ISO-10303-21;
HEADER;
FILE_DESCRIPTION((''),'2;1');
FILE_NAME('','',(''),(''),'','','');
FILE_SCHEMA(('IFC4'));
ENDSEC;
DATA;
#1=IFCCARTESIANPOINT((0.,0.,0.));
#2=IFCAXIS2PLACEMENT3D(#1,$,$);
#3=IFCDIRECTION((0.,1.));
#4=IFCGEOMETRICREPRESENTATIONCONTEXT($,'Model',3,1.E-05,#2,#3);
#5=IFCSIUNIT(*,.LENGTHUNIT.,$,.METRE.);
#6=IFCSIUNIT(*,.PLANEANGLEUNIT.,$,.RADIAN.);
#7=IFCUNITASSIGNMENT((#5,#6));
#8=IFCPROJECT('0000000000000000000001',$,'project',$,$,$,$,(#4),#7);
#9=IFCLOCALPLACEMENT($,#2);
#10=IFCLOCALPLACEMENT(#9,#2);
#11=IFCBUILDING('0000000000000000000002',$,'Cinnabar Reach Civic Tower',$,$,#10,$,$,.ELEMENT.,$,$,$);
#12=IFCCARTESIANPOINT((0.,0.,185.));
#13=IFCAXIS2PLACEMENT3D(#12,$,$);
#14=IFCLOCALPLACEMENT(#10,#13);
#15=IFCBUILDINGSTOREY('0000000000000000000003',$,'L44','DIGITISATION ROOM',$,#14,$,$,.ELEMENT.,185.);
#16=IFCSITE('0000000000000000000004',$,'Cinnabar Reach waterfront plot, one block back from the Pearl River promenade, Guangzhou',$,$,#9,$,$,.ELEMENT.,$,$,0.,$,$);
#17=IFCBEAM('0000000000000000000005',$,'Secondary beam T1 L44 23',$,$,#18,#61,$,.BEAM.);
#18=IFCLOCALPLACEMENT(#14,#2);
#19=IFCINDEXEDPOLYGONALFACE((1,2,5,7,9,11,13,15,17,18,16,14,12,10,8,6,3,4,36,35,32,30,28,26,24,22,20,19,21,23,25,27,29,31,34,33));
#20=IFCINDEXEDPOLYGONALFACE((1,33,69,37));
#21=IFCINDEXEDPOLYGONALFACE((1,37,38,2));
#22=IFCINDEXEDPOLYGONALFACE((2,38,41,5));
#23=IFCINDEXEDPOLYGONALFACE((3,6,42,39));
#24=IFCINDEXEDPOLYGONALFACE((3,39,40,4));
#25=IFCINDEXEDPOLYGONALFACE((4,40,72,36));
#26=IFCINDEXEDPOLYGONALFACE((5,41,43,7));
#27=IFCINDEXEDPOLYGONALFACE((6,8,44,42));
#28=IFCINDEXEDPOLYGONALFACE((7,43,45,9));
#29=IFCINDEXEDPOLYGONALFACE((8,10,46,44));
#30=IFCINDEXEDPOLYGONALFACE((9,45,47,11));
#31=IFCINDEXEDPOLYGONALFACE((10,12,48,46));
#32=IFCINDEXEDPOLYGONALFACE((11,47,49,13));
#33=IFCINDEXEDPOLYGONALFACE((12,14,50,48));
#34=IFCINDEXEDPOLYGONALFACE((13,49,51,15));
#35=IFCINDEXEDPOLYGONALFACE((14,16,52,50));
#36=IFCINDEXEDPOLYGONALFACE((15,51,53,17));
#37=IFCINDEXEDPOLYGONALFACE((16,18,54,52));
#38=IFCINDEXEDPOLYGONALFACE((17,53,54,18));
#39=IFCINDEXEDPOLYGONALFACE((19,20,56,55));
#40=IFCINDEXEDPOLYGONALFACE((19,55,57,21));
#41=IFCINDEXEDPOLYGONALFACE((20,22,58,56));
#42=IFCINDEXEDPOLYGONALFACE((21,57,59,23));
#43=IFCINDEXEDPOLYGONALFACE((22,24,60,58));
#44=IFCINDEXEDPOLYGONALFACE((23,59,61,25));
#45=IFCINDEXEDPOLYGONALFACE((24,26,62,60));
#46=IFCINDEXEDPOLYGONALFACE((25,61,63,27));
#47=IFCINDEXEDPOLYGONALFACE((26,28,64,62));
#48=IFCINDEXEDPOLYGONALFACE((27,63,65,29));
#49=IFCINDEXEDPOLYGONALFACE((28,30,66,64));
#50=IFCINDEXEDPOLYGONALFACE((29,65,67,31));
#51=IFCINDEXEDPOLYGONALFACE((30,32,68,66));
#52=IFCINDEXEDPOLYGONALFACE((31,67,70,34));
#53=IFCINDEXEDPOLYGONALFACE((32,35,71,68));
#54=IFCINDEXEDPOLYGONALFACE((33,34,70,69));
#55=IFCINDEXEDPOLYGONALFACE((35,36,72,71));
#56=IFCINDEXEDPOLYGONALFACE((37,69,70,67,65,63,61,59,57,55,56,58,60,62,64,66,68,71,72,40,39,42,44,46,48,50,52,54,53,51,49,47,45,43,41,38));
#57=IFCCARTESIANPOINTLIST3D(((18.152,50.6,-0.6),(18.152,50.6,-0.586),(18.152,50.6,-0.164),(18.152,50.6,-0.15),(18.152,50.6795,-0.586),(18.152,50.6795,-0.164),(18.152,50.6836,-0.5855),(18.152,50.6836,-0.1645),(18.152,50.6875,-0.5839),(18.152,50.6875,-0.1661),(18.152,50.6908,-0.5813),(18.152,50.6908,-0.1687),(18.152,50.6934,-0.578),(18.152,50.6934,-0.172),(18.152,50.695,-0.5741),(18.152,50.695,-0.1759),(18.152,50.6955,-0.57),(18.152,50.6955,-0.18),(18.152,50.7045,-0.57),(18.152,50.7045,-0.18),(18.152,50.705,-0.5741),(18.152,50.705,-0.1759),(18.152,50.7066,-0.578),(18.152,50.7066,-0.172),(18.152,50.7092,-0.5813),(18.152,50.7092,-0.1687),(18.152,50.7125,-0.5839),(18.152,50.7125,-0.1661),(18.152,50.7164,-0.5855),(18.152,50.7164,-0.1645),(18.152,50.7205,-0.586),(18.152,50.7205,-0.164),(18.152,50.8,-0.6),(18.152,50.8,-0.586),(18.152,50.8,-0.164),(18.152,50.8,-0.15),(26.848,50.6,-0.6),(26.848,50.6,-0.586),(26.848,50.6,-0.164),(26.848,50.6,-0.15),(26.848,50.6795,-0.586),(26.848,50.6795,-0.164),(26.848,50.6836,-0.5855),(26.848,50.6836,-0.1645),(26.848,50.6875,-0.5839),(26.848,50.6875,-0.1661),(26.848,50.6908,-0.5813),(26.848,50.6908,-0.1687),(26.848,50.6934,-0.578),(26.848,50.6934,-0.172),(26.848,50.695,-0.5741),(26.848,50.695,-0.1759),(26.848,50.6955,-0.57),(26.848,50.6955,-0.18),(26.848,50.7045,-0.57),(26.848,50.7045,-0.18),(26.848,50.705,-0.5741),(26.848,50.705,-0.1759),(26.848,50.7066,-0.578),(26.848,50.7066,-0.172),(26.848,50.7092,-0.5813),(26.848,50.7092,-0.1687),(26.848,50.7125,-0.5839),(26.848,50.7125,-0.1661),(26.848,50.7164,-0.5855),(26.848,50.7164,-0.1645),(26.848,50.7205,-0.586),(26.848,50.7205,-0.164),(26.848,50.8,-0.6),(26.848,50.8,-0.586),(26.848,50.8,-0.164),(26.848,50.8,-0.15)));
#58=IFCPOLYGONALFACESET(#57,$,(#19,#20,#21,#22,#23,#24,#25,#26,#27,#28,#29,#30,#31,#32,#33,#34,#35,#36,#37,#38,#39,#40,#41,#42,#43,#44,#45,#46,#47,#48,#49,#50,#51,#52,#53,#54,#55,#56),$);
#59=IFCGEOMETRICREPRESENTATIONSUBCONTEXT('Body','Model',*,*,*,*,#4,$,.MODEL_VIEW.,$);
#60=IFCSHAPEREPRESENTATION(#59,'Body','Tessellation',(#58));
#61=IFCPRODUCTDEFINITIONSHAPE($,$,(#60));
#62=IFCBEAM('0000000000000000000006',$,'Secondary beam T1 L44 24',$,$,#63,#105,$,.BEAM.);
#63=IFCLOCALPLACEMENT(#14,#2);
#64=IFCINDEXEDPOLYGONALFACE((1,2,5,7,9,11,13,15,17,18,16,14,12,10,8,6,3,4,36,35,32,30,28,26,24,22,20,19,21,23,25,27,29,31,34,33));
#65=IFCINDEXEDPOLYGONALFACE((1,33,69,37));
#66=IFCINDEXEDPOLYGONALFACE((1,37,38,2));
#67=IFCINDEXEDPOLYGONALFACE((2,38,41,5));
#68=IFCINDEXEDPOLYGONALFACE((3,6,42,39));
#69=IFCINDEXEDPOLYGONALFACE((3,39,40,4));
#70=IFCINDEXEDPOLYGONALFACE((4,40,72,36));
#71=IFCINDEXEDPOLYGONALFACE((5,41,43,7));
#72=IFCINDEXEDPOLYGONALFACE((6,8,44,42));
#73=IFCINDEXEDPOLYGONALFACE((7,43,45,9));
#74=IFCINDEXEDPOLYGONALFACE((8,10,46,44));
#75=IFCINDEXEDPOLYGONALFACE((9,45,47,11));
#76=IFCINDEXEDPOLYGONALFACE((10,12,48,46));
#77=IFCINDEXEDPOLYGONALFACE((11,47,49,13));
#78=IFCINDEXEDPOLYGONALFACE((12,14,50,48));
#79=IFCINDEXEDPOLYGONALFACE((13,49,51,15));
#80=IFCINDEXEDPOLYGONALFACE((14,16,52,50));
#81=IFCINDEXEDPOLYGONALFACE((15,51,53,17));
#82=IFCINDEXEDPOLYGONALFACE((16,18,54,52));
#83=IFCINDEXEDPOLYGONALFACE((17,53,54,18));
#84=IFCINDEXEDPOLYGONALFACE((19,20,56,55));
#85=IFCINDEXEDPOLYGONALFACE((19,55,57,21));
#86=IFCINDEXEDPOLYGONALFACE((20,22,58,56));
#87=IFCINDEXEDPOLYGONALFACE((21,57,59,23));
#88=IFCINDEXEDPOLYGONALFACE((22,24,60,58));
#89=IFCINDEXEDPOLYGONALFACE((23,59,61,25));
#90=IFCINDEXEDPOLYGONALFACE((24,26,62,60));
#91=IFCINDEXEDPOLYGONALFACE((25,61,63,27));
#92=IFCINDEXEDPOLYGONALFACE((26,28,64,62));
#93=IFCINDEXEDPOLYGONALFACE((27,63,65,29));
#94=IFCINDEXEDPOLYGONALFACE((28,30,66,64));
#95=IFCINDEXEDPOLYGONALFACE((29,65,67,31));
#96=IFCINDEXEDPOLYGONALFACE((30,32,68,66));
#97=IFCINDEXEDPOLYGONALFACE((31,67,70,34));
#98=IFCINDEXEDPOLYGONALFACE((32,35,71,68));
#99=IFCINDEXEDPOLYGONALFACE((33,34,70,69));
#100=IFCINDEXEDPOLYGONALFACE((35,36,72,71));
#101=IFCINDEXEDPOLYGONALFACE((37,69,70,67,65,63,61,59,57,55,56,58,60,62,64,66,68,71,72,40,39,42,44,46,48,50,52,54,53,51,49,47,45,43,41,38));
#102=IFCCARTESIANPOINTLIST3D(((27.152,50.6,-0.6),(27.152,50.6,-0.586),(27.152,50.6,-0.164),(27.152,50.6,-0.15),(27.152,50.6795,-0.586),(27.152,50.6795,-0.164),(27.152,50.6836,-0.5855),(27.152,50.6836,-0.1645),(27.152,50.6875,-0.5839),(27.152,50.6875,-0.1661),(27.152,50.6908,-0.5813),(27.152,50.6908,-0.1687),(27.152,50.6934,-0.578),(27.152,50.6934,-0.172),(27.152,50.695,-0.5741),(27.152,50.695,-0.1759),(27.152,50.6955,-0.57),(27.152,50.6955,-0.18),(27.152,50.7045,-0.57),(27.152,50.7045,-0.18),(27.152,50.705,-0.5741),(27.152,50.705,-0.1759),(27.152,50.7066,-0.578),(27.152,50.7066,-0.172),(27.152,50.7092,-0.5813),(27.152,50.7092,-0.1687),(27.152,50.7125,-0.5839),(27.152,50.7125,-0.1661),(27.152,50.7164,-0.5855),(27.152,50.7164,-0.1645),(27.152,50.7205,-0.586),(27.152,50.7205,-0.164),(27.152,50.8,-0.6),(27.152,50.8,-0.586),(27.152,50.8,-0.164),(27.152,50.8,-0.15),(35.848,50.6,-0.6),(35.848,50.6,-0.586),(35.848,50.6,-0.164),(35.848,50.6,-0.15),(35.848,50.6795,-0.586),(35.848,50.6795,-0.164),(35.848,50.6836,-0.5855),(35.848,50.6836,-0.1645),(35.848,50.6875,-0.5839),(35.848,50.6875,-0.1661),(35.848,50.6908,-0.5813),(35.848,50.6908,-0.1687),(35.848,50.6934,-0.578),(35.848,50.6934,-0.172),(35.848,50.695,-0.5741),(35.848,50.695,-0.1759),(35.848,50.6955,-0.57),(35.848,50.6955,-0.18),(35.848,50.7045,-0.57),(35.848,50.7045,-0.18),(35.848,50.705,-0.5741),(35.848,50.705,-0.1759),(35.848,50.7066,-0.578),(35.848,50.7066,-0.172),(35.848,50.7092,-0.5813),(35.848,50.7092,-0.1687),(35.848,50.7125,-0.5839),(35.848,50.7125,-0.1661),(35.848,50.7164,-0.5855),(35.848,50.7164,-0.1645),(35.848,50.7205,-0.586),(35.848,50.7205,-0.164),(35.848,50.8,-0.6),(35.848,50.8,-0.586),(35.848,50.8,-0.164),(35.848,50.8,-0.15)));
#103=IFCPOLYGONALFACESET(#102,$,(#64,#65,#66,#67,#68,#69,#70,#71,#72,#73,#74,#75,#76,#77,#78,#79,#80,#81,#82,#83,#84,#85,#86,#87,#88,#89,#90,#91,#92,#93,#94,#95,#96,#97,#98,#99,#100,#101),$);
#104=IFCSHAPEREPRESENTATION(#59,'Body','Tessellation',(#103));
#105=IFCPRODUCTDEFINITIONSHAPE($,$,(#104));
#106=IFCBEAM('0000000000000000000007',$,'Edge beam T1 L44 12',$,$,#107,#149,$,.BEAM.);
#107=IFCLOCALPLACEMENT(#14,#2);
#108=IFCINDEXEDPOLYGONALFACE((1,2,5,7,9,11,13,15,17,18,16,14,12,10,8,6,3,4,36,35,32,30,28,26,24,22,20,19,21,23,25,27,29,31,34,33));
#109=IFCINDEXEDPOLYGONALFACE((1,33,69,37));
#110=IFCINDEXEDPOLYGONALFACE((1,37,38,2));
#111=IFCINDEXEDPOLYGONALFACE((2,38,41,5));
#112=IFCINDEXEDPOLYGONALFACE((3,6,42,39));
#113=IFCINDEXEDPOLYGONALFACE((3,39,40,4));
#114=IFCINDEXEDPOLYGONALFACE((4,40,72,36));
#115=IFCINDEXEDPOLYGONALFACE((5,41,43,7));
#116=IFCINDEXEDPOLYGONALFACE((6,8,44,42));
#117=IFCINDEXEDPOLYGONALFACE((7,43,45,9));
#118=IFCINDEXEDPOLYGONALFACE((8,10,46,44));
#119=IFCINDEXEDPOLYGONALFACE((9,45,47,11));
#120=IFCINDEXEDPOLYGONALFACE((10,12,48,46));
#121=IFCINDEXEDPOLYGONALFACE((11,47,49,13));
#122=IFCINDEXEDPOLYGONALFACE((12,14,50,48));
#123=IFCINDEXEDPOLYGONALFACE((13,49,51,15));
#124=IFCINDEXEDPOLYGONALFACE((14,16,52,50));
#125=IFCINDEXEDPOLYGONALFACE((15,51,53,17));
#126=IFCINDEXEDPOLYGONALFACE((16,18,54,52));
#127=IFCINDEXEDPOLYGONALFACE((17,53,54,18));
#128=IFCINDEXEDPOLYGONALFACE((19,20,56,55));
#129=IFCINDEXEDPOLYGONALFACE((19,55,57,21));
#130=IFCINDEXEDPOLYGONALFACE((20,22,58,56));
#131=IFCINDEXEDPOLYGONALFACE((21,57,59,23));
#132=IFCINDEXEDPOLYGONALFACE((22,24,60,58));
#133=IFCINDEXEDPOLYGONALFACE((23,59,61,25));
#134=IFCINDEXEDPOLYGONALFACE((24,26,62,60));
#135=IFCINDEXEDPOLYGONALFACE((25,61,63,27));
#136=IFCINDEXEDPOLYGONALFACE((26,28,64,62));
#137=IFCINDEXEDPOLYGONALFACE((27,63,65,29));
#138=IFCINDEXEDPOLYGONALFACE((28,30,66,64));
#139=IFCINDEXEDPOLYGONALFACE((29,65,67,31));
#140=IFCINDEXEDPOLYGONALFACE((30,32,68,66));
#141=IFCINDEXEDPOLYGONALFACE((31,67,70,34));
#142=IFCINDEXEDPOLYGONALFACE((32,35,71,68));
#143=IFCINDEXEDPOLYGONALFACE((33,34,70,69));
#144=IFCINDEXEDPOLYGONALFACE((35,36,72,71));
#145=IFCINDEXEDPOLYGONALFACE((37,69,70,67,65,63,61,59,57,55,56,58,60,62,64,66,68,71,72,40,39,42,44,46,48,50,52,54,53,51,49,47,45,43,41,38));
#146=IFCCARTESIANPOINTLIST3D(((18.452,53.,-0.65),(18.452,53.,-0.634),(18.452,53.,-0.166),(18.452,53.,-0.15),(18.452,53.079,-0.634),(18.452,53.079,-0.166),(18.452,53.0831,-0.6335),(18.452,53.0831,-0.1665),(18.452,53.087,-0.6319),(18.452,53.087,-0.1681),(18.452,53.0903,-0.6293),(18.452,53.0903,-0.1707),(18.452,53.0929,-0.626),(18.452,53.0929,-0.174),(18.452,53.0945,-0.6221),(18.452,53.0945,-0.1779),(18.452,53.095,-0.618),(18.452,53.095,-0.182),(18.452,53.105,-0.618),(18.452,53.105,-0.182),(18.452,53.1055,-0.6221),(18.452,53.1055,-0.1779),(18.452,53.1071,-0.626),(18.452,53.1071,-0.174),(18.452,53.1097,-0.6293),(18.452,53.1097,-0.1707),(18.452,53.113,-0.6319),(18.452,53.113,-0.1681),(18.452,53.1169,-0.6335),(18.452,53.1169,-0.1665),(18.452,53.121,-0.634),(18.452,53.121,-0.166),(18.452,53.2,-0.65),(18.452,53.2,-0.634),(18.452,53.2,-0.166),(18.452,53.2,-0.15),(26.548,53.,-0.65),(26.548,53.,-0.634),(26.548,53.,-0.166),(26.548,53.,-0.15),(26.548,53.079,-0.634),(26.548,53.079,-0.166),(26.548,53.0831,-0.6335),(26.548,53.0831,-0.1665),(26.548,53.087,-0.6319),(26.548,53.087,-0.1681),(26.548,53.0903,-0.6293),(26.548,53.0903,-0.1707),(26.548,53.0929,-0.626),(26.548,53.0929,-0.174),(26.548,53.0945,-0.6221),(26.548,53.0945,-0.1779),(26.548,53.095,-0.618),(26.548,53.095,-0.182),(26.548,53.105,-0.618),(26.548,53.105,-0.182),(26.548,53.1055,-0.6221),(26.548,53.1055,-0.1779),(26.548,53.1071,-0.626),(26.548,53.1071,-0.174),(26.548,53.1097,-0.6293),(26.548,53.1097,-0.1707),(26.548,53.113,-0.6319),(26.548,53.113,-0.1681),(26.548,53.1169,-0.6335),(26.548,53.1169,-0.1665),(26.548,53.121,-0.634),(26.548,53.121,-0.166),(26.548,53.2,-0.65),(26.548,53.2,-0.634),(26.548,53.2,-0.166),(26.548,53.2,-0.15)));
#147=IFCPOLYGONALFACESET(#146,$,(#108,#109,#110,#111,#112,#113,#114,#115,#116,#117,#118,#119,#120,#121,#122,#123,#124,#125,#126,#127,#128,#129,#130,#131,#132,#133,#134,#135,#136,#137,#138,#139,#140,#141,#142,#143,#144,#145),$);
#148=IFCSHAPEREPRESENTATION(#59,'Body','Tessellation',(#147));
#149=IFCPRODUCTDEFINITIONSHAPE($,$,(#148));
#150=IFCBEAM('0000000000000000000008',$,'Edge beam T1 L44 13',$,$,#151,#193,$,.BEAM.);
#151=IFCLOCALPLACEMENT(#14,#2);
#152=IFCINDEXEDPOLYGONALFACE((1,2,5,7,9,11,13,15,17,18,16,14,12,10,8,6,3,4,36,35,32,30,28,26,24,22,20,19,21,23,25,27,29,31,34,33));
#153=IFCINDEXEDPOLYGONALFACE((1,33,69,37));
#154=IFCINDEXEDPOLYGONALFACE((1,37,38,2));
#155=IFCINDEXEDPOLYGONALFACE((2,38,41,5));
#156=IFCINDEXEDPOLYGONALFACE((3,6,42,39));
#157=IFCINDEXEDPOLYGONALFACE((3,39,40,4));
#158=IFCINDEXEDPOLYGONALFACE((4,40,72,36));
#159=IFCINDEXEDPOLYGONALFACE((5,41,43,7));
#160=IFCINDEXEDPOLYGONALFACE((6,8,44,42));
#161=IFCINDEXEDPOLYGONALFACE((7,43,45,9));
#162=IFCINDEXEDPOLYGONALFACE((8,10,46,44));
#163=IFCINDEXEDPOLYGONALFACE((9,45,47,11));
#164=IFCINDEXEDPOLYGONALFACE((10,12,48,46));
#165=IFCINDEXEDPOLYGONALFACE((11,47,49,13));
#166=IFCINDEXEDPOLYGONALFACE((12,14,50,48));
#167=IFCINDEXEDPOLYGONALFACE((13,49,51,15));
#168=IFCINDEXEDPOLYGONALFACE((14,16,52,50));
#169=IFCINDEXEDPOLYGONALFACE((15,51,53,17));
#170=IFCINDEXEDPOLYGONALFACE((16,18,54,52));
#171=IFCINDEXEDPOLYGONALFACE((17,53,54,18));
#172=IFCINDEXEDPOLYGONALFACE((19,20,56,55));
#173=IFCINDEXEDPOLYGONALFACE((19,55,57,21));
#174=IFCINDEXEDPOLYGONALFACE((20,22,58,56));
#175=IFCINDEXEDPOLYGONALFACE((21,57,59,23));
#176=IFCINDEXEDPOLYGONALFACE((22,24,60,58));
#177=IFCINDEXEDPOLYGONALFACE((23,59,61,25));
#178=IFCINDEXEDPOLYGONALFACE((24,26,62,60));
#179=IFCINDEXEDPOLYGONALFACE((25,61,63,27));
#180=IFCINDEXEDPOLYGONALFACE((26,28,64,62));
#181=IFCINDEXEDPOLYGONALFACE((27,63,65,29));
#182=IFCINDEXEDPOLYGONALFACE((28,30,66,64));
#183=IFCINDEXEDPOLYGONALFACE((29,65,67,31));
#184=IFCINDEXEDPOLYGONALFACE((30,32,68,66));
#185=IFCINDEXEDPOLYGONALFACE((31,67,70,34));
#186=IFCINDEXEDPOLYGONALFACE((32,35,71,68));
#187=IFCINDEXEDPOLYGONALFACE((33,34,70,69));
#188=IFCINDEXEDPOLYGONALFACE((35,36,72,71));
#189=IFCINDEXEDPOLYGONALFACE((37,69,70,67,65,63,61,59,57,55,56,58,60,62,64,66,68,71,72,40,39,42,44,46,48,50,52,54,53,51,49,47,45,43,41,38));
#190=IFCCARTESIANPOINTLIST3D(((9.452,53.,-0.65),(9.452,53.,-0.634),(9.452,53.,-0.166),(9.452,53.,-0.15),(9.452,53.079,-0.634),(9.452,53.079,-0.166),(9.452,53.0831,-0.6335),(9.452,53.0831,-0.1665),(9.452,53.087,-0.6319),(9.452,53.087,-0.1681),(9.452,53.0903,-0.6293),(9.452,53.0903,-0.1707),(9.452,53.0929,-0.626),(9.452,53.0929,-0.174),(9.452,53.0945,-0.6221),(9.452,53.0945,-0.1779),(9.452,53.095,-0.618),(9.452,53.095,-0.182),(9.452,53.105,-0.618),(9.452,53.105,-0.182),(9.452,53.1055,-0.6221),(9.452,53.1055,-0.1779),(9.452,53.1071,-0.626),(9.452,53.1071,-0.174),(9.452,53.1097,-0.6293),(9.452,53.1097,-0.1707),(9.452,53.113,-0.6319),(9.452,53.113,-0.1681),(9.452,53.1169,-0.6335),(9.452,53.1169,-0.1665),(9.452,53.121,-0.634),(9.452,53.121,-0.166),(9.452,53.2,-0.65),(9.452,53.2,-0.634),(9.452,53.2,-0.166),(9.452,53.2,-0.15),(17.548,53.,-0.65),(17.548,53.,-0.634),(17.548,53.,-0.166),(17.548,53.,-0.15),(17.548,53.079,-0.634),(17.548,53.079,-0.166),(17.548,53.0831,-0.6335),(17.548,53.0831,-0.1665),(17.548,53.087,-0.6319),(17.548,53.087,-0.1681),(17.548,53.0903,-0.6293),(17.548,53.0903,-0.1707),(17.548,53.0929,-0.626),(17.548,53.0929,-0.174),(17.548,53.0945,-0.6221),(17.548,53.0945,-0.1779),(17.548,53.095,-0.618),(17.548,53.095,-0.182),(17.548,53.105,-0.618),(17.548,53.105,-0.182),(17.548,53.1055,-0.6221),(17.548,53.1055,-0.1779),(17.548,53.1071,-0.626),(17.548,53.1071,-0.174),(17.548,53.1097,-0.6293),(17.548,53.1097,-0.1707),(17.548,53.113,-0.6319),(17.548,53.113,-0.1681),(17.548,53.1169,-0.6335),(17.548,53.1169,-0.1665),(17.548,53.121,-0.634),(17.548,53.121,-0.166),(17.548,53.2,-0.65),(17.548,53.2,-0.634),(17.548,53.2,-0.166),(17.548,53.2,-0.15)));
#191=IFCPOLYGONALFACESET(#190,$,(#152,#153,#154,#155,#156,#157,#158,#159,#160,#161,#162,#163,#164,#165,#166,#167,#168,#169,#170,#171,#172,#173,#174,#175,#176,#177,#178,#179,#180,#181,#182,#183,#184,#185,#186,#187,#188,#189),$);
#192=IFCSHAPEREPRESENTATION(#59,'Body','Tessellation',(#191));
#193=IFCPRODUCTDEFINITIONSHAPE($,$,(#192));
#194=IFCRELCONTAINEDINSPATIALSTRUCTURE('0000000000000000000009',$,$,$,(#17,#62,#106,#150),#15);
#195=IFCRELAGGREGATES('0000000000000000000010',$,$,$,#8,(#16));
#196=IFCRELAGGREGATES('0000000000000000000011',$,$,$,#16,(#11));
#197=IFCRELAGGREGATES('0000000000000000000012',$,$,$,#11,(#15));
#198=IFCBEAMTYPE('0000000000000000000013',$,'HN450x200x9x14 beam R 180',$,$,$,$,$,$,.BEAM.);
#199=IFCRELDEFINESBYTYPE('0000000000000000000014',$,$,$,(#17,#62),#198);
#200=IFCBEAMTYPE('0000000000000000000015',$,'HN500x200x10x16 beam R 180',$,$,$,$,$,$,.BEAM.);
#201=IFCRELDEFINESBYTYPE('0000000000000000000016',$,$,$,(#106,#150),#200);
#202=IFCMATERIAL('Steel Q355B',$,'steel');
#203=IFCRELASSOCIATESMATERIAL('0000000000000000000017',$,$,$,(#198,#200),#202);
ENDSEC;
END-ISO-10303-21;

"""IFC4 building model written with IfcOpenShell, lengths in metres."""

from ifc_helpers import new_model, si_unit, direction, frame, origin, origin_2d, place, context, subcontext, project, spatial, i_section, extrude, material, material_profile, profile_set, type_object, element, save


model = new_model("IFC4")

# Units and contexts
model_context = context("Model", 3, precision=1e-05, world=origin(), true_north=direction((0.0, 1.0)))
body_context = subcontext(model_context, "Body", "Model", "MODEL_VIEW")
ifc_project = project(units=[si_unit("LENGTHUNIT", "METRE"), si_unit("PLANEANGLEUNIT", "RADIAN")], contexts=[model_context])

# Site, building, storey
site_placement = place(None, origin())
site = spatial("IfcSite", under=ifc_project, at=site_placement, Name="Cinnabar Reach waterfront plot, one block back from the Pearl River promenade, Guangzhou", CompositionType="ELEMENT", RefElevation=0.0)
building_placement = place(site_placement, origin())
building = spatial("IfcBuilding", under=site, at=building_placement, Name="Cinnabar Reach Civic Tower", CompositionType="ELEMENT")
storey_placement = place(building_placement, frame((0.0, 0.0, 185.0)))
storey = spatial("IfcBuildingStorey", under=building, at=storey_placement, Name="L44", Description="DIGITISATION ROOM", CompositionType="ELEMENT", Elevation=185.0)

# Beams
ifc_material_1 = material(Name="Steel Q355B", Category="steel")
ifc_material_profile_1 = material_profile(ifc_material_1, i_section(OverallWidth=0.2, OverallDepth=0.45, WebThickness=0.009, FlangeThickness=0.014, FilletRadius=0.016, at=origin_2d()), Name="HN450x200x9x14")
ifc_profile_set_1 = profile_set([ifc_material_profile_1], Name="Steel Q355B")
beam_type_1 = type_object("IfcBeamType", Name="HN450x200x9x14 beam R 180", PredefinedType="BEAM", material=ifc_profile_set_1)
for number, where, z_axis, x_axis, name in (
    (1, (18.152, 50.7, -0.375), (1.0, 0.0, 0.0), (0.0, 1.0, 0.0), "Secondary beam T1 L44 23"),
    (2, (27.152, 50.7, -0.375), (1.0, 0.0, 0.0), (0.0, 1.0, 0.0), "Secondary beam T1 L44 24"),
):
    element("IfcBeam", number, at=place(storey_placement, frame(where, z_axis=z_axis, x_axis=x_axis)), inside=storey, type_object=beam_type_1, Name=name, PredefinedType="BEAM", context=body_context, shape_type="SweptSolid", body=[
        extrude(i_section(OverallWidth=0.2, OverallDepth=0.45, WebThickness=0.009, FlangeThickness=0.014, FilletRadius=0.016, at=origin_2d()), origin(), (0.0, 0.0, 1.0), 8.696),
    ])
ifc_material_profile_2 = material_profile(ifc_material_1, i_section(OverallWidth=0.2, OverallDepth=0.5, WebThickness=0.01, FlangeThickness=0.016, FilletRadius=0.016, at=origin_2d()), Name="HN500x200x10x16")
ifc_profile_set_2 = profile_set([ifc_material_profile_2], Name="Steel Q355B")
beam_type_2 = type_object("IfcBeamType", Name="HN500x200x10x16 beam R 180", PredefinedType="BEAM", material=ifc_profile_set_2)
for number, where, z_axis, x_axis, name in (
    (3, (26.548, 53.1, -0.4), (-1.0, 0.0, 0.0), (0.0, -1.0, 0.0), "Edge beam T1 L44 12"),
    (4, (17.548, 53.1, -0.4), (-1.0, 0.0, 0.0), (0.0, -1.0, 0.0), "Edge beam T1 L44 13"),
):
    element("IfcBeam", number, at=place(storey_placement, frame(where, z_axis=z_axis, x_axis=x_axis)), inside=storey, type_object=beam_type_2, Name=name, PredefinedType="BEAM", context=body_context, shape_type="SweptSolid", body=[
        extrude(i_section(OverallWidth=0.2, OverallDepth=0.5, WebThickness=0.01, FlangeThickness=0.016, FilletRadius=0.016, at=origin_2d()), origin(), (0.0, 0.0, 1.0), 8.096),
    ])

save(model, "model.ifc")
